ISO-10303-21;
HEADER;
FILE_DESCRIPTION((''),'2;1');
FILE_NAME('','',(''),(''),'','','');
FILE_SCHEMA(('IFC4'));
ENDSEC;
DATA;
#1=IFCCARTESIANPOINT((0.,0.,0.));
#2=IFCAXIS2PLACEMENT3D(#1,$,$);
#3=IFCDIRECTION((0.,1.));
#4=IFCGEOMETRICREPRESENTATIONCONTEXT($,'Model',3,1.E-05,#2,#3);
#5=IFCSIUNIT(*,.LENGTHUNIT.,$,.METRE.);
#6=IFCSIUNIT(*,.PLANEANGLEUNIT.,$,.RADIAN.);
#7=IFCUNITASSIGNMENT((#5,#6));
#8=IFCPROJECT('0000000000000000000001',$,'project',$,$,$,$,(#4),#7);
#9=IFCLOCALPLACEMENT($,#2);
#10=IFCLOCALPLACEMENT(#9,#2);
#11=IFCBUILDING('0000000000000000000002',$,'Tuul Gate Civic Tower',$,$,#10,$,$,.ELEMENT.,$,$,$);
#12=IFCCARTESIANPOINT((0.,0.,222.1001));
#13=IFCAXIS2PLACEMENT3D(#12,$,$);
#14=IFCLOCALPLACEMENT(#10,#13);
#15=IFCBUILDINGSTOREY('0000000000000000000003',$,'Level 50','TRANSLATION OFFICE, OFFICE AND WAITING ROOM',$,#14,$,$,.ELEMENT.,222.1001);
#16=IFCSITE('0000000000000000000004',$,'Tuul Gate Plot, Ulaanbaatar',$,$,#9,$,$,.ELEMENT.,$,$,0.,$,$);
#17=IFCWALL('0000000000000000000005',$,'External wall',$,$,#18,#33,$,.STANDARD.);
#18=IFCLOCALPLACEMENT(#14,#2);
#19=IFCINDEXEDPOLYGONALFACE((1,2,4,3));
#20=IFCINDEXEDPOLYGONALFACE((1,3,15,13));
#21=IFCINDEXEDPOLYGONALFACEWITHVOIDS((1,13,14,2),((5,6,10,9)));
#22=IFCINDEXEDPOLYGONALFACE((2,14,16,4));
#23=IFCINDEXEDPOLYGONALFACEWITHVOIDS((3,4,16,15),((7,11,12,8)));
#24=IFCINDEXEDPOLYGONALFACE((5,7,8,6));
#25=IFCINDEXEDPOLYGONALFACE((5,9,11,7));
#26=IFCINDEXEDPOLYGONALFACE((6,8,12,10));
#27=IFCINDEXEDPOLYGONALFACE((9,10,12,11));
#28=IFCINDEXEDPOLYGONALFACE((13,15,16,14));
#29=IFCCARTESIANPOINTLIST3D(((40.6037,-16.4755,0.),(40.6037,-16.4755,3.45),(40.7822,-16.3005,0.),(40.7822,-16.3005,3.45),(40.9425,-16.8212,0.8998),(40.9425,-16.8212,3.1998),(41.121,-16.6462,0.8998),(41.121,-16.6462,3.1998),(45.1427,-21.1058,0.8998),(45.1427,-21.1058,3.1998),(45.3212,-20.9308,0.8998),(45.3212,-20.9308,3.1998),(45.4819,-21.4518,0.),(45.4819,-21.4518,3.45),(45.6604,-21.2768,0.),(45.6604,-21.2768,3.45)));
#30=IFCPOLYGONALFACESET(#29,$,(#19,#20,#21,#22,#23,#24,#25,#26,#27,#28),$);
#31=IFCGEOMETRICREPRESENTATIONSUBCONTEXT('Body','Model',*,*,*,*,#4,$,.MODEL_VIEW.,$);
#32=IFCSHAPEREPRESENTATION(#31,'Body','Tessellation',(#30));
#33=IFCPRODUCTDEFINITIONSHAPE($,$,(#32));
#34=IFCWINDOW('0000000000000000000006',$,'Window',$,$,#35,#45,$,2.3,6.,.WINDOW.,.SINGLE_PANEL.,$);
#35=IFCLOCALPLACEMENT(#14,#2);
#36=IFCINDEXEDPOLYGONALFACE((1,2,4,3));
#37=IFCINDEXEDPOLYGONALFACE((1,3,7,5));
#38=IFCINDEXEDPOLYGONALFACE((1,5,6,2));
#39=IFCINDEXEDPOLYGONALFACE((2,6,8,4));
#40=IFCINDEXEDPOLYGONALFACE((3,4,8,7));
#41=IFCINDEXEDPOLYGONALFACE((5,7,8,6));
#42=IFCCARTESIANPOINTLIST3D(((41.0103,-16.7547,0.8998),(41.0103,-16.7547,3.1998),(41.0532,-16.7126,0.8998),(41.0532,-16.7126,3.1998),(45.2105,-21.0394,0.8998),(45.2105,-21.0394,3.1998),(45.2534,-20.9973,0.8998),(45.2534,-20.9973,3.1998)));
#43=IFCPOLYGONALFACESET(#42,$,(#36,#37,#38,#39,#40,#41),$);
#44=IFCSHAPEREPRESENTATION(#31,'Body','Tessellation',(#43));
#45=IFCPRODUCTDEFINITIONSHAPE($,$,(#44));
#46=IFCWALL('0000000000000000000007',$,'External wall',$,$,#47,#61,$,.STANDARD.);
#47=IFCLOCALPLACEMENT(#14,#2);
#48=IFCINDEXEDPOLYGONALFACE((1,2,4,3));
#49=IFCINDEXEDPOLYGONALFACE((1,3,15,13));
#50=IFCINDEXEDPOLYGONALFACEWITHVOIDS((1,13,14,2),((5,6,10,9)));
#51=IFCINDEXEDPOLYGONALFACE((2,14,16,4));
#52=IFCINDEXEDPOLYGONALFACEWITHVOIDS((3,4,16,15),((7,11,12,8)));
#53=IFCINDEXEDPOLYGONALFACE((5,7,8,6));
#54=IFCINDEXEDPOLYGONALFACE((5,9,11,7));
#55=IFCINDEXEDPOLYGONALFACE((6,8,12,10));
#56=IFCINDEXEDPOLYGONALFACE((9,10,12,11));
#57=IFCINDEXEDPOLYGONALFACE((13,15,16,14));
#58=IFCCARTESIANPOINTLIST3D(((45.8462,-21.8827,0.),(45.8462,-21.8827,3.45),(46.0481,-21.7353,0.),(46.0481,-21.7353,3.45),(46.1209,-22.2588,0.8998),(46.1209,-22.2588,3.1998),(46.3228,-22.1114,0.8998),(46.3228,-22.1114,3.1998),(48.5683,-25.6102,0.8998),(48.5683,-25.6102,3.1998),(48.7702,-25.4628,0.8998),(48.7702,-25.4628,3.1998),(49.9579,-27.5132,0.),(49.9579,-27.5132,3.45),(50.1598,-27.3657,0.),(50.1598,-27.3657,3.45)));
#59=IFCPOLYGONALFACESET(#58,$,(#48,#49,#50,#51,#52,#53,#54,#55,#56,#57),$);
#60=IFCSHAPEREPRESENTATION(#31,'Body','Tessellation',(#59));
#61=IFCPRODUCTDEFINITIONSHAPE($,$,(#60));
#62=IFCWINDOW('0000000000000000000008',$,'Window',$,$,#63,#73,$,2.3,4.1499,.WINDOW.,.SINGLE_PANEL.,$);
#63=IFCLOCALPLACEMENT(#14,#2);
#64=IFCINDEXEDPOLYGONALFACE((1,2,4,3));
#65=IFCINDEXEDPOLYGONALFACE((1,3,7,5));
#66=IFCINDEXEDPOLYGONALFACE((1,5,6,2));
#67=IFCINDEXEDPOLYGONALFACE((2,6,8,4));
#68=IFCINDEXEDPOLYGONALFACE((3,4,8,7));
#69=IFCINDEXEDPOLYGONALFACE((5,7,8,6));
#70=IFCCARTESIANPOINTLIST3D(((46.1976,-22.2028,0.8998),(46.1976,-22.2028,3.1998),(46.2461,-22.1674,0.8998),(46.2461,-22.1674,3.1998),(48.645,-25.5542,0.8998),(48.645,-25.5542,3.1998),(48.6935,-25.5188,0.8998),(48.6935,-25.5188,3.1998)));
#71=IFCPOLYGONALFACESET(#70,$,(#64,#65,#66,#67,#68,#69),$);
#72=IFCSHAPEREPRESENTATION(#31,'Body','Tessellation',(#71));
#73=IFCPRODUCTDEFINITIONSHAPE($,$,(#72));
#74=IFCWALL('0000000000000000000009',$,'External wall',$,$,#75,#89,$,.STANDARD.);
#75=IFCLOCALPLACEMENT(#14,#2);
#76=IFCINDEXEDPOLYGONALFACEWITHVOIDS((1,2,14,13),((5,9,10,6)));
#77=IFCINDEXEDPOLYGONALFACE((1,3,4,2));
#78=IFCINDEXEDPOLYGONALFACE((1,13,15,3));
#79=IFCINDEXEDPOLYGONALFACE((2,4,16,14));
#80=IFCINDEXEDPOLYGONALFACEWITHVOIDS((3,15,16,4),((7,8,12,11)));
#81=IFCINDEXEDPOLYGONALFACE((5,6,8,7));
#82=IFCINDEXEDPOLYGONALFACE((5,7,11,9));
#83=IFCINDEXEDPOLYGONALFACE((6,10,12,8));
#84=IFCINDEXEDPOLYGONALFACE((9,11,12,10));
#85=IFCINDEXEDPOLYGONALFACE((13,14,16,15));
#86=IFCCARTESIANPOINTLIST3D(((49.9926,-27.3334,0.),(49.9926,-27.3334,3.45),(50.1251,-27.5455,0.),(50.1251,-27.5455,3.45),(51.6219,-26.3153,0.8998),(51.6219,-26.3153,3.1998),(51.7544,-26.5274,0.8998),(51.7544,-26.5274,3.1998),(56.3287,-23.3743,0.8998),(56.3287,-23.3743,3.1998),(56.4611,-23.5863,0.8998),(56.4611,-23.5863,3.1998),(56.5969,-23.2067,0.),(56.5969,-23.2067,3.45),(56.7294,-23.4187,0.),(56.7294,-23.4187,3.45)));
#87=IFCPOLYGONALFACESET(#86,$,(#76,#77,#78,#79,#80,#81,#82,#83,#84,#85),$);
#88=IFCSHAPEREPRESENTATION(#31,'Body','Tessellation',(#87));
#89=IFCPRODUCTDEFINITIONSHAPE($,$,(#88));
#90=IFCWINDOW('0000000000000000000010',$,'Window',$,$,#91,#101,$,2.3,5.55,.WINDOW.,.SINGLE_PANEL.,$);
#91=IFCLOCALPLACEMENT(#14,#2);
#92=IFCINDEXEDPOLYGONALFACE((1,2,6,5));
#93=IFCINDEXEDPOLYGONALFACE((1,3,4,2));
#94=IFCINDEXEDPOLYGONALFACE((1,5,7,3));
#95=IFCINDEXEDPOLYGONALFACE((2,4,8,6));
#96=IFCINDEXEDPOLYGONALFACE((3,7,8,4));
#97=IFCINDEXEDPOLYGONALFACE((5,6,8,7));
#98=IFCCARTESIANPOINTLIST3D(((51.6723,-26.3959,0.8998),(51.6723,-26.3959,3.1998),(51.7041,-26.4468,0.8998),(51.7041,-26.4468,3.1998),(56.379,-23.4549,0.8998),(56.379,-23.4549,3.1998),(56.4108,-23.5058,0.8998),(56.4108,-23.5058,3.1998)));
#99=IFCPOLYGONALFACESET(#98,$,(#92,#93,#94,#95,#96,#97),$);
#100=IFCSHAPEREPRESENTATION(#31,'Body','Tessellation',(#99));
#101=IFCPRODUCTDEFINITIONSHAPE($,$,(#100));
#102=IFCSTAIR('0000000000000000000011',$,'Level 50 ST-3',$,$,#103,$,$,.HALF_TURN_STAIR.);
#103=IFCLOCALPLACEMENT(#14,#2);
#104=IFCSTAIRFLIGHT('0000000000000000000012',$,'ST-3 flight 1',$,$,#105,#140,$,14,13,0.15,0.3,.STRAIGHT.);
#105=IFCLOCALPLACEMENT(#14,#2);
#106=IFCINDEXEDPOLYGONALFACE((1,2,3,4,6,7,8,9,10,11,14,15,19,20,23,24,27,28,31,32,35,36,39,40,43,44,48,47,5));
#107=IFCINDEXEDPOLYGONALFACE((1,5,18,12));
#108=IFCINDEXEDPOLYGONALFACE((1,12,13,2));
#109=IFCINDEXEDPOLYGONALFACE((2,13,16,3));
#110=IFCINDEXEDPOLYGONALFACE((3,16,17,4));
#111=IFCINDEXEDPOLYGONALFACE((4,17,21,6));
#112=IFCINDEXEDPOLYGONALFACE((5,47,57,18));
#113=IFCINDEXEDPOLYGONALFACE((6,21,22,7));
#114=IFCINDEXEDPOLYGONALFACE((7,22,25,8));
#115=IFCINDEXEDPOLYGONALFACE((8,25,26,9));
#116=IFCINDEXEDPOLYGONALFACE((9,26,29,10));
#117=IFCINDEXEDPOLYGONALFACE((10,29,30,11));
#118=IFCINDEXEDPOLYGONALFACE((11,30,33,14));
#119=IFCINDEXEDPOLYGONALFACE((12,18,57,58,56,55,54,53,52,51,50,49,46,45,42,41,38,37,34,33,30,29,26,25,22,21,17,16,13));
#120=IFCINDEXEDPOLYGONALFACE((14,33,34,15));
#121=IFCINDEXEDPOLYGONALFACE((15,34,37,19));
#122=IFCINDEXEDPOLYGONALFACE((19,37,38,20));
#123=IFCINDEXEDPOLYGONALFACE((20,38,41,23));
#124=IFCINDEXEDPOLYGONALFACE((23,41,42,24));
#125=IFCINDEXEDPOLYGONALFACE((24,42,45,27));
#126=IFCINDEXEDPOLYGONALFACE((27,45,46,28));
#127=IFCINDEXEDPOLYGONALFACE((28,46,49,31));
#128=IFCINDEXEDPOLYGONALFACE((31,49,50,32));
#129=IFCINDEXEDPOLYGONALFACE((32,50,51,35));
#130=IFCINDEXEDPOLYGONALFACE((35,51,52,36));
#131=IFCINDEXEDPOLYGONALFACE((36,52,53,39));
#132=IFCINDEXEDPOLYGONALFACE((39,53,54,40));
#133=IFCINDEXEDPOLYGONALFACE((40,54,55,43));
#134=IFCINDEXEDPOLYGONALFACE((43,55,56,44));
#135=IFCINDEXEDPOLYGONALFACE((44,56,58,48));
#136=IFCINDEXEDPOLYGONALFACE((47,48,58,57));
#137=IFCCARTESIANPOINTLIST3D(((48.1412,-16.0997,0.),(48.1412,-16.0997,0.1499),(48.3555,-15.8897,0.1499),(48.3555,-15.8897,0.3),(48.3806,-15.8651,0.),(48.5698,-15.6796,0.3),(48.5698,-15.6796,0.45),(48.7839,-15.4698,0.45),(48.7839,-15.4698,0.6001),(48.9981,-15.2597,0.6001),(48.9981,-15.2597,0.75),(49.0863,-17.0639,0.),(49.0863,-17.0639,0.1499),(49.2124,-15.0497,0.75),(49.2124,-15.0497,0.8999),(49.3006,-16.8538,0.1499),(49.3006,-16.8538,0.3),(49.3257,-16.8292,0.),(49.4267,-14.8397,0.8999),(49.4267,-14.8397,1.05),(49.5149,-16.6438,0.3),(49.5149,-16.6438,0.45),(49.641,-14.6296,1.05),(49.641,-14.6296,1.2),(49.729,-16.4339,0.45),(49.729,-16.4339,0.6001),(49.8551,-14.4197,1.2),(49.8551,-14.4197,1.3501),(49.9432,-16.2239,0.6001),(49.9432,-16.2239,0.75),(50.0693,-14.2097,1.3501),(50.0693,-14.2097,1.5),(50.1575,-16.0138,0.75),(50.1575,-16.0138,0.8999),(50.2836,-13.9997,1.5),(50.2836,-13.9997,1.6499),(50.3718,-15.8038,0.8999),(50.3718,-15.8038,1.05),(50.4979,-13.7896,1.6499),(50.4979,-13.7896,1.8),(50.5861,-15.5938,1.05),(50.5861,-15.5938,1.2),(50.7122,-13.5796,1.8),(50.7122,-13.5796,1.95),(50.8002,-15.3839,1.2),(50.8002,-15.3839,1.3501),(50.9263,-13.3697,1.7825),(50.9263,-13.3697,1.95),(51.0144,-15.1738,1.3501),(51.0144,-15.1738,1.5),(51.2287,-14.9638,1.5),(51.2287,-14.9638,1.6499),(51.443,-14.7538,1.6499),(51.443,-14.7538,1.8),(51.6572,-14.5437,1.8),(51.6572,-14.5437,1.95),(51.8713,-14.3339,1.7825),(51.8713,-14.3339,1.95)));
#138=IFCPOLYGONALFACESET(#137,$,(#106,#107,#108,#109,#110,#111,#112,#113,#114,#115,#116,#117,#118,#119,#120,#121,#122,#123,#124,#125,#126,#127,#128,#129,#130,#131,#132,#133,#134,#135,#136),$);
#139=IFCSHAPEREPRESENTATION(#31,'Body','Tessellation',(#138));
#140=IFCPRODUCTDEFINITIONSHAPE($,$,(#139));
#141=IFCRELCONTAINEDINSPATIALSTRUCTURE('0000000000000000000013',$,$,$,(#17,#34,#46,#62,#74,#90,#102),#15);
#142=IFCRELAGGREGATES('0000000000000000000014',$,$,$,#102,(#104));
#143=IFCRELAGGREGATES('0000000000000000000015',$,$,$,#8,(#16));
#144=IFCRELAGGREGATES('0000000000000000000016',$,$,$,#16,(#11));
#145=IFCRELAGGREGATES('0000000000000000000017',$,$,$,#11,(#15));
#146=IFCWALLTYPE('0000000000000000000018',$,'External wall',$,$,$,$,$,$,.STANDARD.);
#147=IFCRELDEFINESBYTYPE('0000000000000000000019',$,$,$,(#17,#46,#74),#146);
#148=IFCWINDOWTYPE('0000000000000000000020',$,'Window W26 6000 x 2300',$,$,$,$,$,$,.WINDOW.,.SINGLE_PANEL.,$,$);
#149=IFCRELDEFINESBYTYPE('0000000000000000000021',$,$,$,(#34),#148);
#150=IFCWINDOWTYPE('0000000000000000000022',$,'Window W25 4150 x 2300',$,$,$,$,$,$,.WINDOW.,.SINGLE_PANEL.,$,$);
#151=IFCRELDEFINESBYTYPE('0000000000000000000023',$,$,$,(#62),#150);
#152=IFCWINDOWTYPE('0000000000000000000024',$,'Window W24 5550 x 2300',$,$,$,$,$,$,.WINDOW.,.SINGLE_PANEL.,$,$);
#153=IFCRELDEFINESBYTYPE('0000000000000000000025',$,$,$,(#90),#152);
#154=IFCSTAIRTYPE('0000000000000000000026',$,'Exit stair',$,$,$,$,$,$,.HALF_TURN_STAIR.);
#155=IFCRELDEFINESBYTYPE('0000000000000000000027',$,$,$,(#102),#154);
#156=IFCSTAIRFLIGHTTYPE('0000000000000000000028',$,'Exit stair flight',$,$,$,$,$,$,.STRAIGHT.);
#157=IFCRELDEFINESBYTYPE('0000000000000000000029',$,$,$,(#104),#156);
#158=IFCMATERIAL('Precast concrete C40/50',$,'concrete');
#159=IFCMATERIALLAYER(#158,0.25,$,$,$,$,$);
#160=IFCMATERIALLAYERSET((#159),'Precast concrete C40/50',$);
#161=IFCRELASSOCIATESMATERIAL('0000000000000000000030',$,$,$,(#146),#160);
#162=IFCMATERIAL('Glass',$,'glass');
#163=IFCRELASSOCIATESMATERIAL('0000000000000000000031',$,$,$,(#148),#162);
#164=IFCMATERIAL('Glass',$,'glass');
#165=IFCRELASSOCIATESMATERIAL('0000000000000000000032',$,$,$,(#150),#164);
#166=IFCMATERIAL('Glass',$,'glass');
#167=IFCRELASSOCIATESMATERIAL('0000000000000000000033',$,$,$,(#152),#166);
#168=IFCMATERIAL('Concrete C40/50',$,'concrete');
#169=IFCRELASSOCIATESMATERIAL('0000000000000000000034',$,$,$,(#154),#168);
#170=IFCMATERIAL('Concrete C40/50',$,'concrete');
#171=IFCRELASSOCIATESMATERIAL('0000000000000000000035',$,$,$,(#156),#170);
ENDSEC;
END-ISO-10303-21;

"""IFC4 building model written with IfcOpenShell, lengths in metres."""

from ifc_helpers import new_model, si_unit, direction, frame, frame_2d, origin, place, context, subcontext, project, spatial, polyline, rectangle, outline, extrude, material, layer, layer_set, type_object, element, fill, aggregate, save


model = new_model("IFC4")

# Units and contexts
model_context = context("Model", 3, precision=1e-05, world=origin(), true_north=direction((0.0, 1.0)))
body_context = subcontext(model_context, "Body", "Model", "MODEL_VIEW")
ifc_project = project(units=[si_unit("LENGTHUNIT", "METRE"), si_unit("PLANEANGLEUNIT", "RADIAN")], contexts=[model_context])

# Site, building, storey
site_placement = place(None, origin())
site = spatial("IfcSite", under=ifc_project, at=site_placement, Name="Tuul Gate Plot, Ulaanbaatar", CompositionType="ELEMENT", RefElevation=0.0)
building_placement = place(site_placement, origin())
building = spatial("IfcBuilding", under=site, at=building_placement, Name="Tuul Gate Civic Tower", CompositionType="ELEMENT")
storey_placement = place(building_placement, frame((0.0, 0.0, 222.1001)))
storey = spatial("IfcBuildingStorey", under=building, at=storey_placement, Name="Level 50", Description="TRANSLATION OFFICE, OFFICE AND WAITING ROOM", CompositionType="ELEMENT", Elevation=222.1001)

# Walls, openings, windows
ifc_material_1 = material(Name="Precast concrete C40/50", Category="concrete")
ifc_layer_1 = layer(ifc_material_1, 0.25)
ifc_layer_set_1 = layer_set([ifc_layer_1], Name="Precast concrete C40/50")
wall_type_1 = type_object("IfcWallType", Name="External wall", PredefinedType="STANDARD", material=ifc_layer_set_1)
wall_1_placement = place(storey_placement, frame((40.6929, -16.3879, 0.0), z_axis=(0.0, 0.0, 1.0), x_axis=(0.70003, -0.714114, 0.0)))
wall_1 = element("IfcWall", 1, at=wall_1_placement, inside=storey, type_object=wall_type_1, Name="External wall", PredefinedType="STANDARD", context=body_context, shape_type="SweptSolid", body=[
    extrude(rectangle(XDim=6.9685, YDim=0.25, at=frame_2d((3.4844, 0.0))), origin(), (0.0, 0.0, 1.0), 3.45),
])
opening_1_placement = place(wall_1_placement, frame((0.4841, 0.0, 0.8999)))
opening_1 = element("IfcOpeningElement", 2, at=opening_1_placement, cuts=wall_1, PredefinedType="OPENING", context=body_context, shape_type="SweptSolid", body=[
    extrude(rectangle(XDim=6.0, YDim=2.3, at=frame_2d((3.0, 1.1499))), frame((0.0, 0.135, 0.0), z_axis=(0.0, -1.0, 0.0), x_axis=(1.0, 0.0, 0.0)), (0.0, 0.0, 1.0), 0.27),
])
ifc_material_2 = material(Name="Glass", Category="glass")
window_type_1 = type_object("IfcWindowType", Name="Window W26 6000 x 2300", PartitioningType="SINGLE_PANEL", PredefinedType="WINDOW", material=ifc_material_2)
window_1_placement = place(opening_1_placement, origin())
window_1 = element("IfcWindow", 3, at=window_1_placement, inside=storey, type_object=window_type_1, Name="Window", OverallHeight=2.3, OverallWidth=6.0, PartitioningType="SINGLE_PANEL", PredefinedType="WINDOW", context=body_context, shape_type="SweptSolid", body=[
    extrude(rectangle(XDim=6.0, YDim=2.3, at=frame_2d((3.0, 1.1499))), frame((0.0, 0.03, 0.0), z_axis=(0.0, -1.0, 0.0), x_axis=(1.0, 0.0, 0.0)), (0.0, 0.0, 1.0), 0.0601),
])
fill(opening_1, window_1)
wall_2_placement = place(storey_placement, frame((45.9473, -21.8091, 0.0), z_axis=(0.0, 0.0, 1.0), x_axis=(0.589743, -0.807591, 0.0)))
wall_2 = element("IfcWall", 4, at=wall_2_placement, inside=storey, type_object=wall_type_1, Name="External wall", PredefinedType="STANDARD", context=body_context, shape_type="SweptSolid", body=[
    extrude(rectangle(XDim=6.9719, YDim=0.25, at=frame_2d((3.4858, 0.0))), origin(), (0.0, 0.0, 1.0), 3.45),
])
opening_2_placement = place(wall_2_placement, frame((0.4656, 0.0, 0.8999)))
opening_2 = element("IfcOpeningElement", 5, at=opening_2_placement, cuts=wall_2, PredefinedType="OPENING", context=body_context, shape_type="SweptSolid", body=[
    extrude(rectangle(XDim=4.1499, YDim=2.3, at=frame_2d((2.075, 1.1499))), frame((0.0, 0.135, 0.0), z_axis=(0.0, -1.0, 0.0), x_axis=(1.0, 0.0, 0.0)), (0.0, 0.0, 1.0), 0.27),
])
ifc_material_3 = material(Name="Glass", Category="glass")
window_type_2 = type_object("IfcWindowType", Name="Window W25 4150 x 2300", PartitioningType="SINGLE_PANEL", PredefinedType="WINDOW", material=ifc_material_3)
window_2_placement = place(opening_2_placement, origin())
window_2 = element("IfcWindow", 6, at=window_2_placement, inside=storey, type_object=window_type_2, Name="Window", OverallHeight=2.3, OverallWidth=4.1499, PartitioningType="SINGLE_PANEL", PredefinedType="WINDOW", context=body_context, shape_type="SweptSolid", body=[
    extrude(rectangle(XDim=4.1499, YDim=2.3, at=frame_2d((2.075, 1.1499))), frame((0.0, 0.03, 0.0), z_axis=(0.0, -1.0, 0.0), x_axis=(1.0, 0.0, 0.0)), (0.0, 0.0, 1.0), 0.0601),
])
fill(opening_2, window_2)
wall_3_placement = place(storey_placement, frame((50.0588, -27.4395, 0.0), z_axis=(0.0, 0.0, 1.0), x_axis=(0.848053, 0.529912, 0.0)))
wall_3 = element("IfcWall", 7, at=wall_3_placement, inside=storey, type_object=wall_type_1, Name="External wall", PredefinedType="STANDARD", context=body_context, shape_type="SweptSolid", body=[
    extrude(rectangle(XDim=7.7876, YDim=0.25, at=frame_2d((3.8938, 0.0))), origin(), (0.0, 0.0, 1.0), 3.45),
])
opening_3_placement = place(wall_3_placement, frame((1.9214, 0.0, 0.8999)))
opening_3 = element("IfcOpeningElement", 8, at=opening_3_placement, cuts=wall_3, PredefinedType="OPENING", context=body_context, shape_type="SweptSolid", body=[
    extrude(rectangle(XDim=5.55, YDim=2.3, at=frame_2d((2.7749, 1.1499))), frame((0.0, 0.135, 0.0), z_axis=(0.0, -1.0, 0.0), x_axis=(1.0, 0.0, 0.0)), (0.0, 0.0, 1.0), 0.27),
])
ifc_material_4 = material(Name="Glass", Category="glass")
window_type_3 = type_object("IfcWindowType", Name="Window W24 5550 x 2300", PartitioningType="SINGLE_PANEL", PredefinedType="WINDOW", material=ifc_material_4)
window_3_placement = place(opening_3_placement, origin())
window_3 = element("IfcWindow", 9, at=window_3_placement, inside=storey, type_object=window_type_3, Name="Window", OverallHeight=2.3, OverallWidth=5.55, PartitioningType="SINGLE_PANEL", PredefinedType="WINDOW", context=body_context, shape_type="SweptSolid", body=[
    extrude(rectangle(XDim=5.55, YDim=2.3, at=frame_2d((2.7749, 1.1499))), frame((0.0, 0.03, 0.0), z_axis=(0.0, -1.0, 0.0), x_axis=(1.0, 0.0, 0.0)), (0.0, 0.0, 1.0), 0.0601),
])
fill(opening_3, window_3)

# Stair, stair flight
ifc_material_5 = material(Name="Concrete C40/50", Category="concrete")
stair_type = type_object("IfcStairType", Name="Exit stair", PredefinedType="HALF_TURN_STAIR", material=ifc_material_5)
stair_placement = place(storey_placement, origin())
stair = element("IfcStair", 10, at=stair_placement, inside=storey, type_object=stair_type, Name="Level 50 ST-3", PredefinedType="HALF_TURN_STAIR")
ifc_material_6 = material(Name="Concrete C40/50", Category="concrete")
stair_flight_type = type_object("IfcStairFlightType", Name="Exit stair flight", PredefinedType="STRAIGHT", material=ifc_material_6)
stair_flight_placement = place(storey_placement, frame((48.6138, -16.5818, 0.0), z_axis=(0.0, 0.0, 1.0), x_axis=(0.714127, 0.700016, 0.0)))
stair_flight = element("IfcStairFlight", 11, at=stair_flight_placement, type_object=stair_flight_type, Name="ST-3 flight 1", NumberOfRisers=14, NumberOfTreads=13, PredefinedType="STRAIGHT", RiserHeight=0.15, TreadLength=0.3, context=body_context, shape_type="SweptSolid", body=[
    extrude(outline(polyline([(0.0, 0.0), (0.0, 0.1499), (0.3, 0.1499), (0.3, 0.3), (0.6001, 0.3), (0.6001, 0.45), (0.8999, 0.45), (0.8999, 0.6001), (1.2, 0.6001), (1.2, 0.75), (1.5, 0.75), (1.5, 0.8999), (1.8, 0.8999), (1.8, 1.05), (2.1001, 1.05), (2.1001, 1.2), (2.3999, 1.2), (2.3999, 1.3501), (2.7, 1.3501), (2.7, 1.5), (3.0, 1.5), (3.0, 1.6499), (3.3, 1.6499), (3.3, 1.8), (3.6001, 1.8), (3.6001, 1.95), (3.8999, 1.95), (3.8999, 2.1001), (3.8999, 1.7825), (0.3352, 0.0), (0.0, 0.0)])), frame((0.0, 0.675, 0.0), z_axis=(0.0, -1.0, 0.0), x_axis=(1.0, 0.0, 0.0)), (0.0, 0.0, 1.0), 1.3501),
])
aggregate(stair, [stair_flight])

save(model, "model.ifc")
